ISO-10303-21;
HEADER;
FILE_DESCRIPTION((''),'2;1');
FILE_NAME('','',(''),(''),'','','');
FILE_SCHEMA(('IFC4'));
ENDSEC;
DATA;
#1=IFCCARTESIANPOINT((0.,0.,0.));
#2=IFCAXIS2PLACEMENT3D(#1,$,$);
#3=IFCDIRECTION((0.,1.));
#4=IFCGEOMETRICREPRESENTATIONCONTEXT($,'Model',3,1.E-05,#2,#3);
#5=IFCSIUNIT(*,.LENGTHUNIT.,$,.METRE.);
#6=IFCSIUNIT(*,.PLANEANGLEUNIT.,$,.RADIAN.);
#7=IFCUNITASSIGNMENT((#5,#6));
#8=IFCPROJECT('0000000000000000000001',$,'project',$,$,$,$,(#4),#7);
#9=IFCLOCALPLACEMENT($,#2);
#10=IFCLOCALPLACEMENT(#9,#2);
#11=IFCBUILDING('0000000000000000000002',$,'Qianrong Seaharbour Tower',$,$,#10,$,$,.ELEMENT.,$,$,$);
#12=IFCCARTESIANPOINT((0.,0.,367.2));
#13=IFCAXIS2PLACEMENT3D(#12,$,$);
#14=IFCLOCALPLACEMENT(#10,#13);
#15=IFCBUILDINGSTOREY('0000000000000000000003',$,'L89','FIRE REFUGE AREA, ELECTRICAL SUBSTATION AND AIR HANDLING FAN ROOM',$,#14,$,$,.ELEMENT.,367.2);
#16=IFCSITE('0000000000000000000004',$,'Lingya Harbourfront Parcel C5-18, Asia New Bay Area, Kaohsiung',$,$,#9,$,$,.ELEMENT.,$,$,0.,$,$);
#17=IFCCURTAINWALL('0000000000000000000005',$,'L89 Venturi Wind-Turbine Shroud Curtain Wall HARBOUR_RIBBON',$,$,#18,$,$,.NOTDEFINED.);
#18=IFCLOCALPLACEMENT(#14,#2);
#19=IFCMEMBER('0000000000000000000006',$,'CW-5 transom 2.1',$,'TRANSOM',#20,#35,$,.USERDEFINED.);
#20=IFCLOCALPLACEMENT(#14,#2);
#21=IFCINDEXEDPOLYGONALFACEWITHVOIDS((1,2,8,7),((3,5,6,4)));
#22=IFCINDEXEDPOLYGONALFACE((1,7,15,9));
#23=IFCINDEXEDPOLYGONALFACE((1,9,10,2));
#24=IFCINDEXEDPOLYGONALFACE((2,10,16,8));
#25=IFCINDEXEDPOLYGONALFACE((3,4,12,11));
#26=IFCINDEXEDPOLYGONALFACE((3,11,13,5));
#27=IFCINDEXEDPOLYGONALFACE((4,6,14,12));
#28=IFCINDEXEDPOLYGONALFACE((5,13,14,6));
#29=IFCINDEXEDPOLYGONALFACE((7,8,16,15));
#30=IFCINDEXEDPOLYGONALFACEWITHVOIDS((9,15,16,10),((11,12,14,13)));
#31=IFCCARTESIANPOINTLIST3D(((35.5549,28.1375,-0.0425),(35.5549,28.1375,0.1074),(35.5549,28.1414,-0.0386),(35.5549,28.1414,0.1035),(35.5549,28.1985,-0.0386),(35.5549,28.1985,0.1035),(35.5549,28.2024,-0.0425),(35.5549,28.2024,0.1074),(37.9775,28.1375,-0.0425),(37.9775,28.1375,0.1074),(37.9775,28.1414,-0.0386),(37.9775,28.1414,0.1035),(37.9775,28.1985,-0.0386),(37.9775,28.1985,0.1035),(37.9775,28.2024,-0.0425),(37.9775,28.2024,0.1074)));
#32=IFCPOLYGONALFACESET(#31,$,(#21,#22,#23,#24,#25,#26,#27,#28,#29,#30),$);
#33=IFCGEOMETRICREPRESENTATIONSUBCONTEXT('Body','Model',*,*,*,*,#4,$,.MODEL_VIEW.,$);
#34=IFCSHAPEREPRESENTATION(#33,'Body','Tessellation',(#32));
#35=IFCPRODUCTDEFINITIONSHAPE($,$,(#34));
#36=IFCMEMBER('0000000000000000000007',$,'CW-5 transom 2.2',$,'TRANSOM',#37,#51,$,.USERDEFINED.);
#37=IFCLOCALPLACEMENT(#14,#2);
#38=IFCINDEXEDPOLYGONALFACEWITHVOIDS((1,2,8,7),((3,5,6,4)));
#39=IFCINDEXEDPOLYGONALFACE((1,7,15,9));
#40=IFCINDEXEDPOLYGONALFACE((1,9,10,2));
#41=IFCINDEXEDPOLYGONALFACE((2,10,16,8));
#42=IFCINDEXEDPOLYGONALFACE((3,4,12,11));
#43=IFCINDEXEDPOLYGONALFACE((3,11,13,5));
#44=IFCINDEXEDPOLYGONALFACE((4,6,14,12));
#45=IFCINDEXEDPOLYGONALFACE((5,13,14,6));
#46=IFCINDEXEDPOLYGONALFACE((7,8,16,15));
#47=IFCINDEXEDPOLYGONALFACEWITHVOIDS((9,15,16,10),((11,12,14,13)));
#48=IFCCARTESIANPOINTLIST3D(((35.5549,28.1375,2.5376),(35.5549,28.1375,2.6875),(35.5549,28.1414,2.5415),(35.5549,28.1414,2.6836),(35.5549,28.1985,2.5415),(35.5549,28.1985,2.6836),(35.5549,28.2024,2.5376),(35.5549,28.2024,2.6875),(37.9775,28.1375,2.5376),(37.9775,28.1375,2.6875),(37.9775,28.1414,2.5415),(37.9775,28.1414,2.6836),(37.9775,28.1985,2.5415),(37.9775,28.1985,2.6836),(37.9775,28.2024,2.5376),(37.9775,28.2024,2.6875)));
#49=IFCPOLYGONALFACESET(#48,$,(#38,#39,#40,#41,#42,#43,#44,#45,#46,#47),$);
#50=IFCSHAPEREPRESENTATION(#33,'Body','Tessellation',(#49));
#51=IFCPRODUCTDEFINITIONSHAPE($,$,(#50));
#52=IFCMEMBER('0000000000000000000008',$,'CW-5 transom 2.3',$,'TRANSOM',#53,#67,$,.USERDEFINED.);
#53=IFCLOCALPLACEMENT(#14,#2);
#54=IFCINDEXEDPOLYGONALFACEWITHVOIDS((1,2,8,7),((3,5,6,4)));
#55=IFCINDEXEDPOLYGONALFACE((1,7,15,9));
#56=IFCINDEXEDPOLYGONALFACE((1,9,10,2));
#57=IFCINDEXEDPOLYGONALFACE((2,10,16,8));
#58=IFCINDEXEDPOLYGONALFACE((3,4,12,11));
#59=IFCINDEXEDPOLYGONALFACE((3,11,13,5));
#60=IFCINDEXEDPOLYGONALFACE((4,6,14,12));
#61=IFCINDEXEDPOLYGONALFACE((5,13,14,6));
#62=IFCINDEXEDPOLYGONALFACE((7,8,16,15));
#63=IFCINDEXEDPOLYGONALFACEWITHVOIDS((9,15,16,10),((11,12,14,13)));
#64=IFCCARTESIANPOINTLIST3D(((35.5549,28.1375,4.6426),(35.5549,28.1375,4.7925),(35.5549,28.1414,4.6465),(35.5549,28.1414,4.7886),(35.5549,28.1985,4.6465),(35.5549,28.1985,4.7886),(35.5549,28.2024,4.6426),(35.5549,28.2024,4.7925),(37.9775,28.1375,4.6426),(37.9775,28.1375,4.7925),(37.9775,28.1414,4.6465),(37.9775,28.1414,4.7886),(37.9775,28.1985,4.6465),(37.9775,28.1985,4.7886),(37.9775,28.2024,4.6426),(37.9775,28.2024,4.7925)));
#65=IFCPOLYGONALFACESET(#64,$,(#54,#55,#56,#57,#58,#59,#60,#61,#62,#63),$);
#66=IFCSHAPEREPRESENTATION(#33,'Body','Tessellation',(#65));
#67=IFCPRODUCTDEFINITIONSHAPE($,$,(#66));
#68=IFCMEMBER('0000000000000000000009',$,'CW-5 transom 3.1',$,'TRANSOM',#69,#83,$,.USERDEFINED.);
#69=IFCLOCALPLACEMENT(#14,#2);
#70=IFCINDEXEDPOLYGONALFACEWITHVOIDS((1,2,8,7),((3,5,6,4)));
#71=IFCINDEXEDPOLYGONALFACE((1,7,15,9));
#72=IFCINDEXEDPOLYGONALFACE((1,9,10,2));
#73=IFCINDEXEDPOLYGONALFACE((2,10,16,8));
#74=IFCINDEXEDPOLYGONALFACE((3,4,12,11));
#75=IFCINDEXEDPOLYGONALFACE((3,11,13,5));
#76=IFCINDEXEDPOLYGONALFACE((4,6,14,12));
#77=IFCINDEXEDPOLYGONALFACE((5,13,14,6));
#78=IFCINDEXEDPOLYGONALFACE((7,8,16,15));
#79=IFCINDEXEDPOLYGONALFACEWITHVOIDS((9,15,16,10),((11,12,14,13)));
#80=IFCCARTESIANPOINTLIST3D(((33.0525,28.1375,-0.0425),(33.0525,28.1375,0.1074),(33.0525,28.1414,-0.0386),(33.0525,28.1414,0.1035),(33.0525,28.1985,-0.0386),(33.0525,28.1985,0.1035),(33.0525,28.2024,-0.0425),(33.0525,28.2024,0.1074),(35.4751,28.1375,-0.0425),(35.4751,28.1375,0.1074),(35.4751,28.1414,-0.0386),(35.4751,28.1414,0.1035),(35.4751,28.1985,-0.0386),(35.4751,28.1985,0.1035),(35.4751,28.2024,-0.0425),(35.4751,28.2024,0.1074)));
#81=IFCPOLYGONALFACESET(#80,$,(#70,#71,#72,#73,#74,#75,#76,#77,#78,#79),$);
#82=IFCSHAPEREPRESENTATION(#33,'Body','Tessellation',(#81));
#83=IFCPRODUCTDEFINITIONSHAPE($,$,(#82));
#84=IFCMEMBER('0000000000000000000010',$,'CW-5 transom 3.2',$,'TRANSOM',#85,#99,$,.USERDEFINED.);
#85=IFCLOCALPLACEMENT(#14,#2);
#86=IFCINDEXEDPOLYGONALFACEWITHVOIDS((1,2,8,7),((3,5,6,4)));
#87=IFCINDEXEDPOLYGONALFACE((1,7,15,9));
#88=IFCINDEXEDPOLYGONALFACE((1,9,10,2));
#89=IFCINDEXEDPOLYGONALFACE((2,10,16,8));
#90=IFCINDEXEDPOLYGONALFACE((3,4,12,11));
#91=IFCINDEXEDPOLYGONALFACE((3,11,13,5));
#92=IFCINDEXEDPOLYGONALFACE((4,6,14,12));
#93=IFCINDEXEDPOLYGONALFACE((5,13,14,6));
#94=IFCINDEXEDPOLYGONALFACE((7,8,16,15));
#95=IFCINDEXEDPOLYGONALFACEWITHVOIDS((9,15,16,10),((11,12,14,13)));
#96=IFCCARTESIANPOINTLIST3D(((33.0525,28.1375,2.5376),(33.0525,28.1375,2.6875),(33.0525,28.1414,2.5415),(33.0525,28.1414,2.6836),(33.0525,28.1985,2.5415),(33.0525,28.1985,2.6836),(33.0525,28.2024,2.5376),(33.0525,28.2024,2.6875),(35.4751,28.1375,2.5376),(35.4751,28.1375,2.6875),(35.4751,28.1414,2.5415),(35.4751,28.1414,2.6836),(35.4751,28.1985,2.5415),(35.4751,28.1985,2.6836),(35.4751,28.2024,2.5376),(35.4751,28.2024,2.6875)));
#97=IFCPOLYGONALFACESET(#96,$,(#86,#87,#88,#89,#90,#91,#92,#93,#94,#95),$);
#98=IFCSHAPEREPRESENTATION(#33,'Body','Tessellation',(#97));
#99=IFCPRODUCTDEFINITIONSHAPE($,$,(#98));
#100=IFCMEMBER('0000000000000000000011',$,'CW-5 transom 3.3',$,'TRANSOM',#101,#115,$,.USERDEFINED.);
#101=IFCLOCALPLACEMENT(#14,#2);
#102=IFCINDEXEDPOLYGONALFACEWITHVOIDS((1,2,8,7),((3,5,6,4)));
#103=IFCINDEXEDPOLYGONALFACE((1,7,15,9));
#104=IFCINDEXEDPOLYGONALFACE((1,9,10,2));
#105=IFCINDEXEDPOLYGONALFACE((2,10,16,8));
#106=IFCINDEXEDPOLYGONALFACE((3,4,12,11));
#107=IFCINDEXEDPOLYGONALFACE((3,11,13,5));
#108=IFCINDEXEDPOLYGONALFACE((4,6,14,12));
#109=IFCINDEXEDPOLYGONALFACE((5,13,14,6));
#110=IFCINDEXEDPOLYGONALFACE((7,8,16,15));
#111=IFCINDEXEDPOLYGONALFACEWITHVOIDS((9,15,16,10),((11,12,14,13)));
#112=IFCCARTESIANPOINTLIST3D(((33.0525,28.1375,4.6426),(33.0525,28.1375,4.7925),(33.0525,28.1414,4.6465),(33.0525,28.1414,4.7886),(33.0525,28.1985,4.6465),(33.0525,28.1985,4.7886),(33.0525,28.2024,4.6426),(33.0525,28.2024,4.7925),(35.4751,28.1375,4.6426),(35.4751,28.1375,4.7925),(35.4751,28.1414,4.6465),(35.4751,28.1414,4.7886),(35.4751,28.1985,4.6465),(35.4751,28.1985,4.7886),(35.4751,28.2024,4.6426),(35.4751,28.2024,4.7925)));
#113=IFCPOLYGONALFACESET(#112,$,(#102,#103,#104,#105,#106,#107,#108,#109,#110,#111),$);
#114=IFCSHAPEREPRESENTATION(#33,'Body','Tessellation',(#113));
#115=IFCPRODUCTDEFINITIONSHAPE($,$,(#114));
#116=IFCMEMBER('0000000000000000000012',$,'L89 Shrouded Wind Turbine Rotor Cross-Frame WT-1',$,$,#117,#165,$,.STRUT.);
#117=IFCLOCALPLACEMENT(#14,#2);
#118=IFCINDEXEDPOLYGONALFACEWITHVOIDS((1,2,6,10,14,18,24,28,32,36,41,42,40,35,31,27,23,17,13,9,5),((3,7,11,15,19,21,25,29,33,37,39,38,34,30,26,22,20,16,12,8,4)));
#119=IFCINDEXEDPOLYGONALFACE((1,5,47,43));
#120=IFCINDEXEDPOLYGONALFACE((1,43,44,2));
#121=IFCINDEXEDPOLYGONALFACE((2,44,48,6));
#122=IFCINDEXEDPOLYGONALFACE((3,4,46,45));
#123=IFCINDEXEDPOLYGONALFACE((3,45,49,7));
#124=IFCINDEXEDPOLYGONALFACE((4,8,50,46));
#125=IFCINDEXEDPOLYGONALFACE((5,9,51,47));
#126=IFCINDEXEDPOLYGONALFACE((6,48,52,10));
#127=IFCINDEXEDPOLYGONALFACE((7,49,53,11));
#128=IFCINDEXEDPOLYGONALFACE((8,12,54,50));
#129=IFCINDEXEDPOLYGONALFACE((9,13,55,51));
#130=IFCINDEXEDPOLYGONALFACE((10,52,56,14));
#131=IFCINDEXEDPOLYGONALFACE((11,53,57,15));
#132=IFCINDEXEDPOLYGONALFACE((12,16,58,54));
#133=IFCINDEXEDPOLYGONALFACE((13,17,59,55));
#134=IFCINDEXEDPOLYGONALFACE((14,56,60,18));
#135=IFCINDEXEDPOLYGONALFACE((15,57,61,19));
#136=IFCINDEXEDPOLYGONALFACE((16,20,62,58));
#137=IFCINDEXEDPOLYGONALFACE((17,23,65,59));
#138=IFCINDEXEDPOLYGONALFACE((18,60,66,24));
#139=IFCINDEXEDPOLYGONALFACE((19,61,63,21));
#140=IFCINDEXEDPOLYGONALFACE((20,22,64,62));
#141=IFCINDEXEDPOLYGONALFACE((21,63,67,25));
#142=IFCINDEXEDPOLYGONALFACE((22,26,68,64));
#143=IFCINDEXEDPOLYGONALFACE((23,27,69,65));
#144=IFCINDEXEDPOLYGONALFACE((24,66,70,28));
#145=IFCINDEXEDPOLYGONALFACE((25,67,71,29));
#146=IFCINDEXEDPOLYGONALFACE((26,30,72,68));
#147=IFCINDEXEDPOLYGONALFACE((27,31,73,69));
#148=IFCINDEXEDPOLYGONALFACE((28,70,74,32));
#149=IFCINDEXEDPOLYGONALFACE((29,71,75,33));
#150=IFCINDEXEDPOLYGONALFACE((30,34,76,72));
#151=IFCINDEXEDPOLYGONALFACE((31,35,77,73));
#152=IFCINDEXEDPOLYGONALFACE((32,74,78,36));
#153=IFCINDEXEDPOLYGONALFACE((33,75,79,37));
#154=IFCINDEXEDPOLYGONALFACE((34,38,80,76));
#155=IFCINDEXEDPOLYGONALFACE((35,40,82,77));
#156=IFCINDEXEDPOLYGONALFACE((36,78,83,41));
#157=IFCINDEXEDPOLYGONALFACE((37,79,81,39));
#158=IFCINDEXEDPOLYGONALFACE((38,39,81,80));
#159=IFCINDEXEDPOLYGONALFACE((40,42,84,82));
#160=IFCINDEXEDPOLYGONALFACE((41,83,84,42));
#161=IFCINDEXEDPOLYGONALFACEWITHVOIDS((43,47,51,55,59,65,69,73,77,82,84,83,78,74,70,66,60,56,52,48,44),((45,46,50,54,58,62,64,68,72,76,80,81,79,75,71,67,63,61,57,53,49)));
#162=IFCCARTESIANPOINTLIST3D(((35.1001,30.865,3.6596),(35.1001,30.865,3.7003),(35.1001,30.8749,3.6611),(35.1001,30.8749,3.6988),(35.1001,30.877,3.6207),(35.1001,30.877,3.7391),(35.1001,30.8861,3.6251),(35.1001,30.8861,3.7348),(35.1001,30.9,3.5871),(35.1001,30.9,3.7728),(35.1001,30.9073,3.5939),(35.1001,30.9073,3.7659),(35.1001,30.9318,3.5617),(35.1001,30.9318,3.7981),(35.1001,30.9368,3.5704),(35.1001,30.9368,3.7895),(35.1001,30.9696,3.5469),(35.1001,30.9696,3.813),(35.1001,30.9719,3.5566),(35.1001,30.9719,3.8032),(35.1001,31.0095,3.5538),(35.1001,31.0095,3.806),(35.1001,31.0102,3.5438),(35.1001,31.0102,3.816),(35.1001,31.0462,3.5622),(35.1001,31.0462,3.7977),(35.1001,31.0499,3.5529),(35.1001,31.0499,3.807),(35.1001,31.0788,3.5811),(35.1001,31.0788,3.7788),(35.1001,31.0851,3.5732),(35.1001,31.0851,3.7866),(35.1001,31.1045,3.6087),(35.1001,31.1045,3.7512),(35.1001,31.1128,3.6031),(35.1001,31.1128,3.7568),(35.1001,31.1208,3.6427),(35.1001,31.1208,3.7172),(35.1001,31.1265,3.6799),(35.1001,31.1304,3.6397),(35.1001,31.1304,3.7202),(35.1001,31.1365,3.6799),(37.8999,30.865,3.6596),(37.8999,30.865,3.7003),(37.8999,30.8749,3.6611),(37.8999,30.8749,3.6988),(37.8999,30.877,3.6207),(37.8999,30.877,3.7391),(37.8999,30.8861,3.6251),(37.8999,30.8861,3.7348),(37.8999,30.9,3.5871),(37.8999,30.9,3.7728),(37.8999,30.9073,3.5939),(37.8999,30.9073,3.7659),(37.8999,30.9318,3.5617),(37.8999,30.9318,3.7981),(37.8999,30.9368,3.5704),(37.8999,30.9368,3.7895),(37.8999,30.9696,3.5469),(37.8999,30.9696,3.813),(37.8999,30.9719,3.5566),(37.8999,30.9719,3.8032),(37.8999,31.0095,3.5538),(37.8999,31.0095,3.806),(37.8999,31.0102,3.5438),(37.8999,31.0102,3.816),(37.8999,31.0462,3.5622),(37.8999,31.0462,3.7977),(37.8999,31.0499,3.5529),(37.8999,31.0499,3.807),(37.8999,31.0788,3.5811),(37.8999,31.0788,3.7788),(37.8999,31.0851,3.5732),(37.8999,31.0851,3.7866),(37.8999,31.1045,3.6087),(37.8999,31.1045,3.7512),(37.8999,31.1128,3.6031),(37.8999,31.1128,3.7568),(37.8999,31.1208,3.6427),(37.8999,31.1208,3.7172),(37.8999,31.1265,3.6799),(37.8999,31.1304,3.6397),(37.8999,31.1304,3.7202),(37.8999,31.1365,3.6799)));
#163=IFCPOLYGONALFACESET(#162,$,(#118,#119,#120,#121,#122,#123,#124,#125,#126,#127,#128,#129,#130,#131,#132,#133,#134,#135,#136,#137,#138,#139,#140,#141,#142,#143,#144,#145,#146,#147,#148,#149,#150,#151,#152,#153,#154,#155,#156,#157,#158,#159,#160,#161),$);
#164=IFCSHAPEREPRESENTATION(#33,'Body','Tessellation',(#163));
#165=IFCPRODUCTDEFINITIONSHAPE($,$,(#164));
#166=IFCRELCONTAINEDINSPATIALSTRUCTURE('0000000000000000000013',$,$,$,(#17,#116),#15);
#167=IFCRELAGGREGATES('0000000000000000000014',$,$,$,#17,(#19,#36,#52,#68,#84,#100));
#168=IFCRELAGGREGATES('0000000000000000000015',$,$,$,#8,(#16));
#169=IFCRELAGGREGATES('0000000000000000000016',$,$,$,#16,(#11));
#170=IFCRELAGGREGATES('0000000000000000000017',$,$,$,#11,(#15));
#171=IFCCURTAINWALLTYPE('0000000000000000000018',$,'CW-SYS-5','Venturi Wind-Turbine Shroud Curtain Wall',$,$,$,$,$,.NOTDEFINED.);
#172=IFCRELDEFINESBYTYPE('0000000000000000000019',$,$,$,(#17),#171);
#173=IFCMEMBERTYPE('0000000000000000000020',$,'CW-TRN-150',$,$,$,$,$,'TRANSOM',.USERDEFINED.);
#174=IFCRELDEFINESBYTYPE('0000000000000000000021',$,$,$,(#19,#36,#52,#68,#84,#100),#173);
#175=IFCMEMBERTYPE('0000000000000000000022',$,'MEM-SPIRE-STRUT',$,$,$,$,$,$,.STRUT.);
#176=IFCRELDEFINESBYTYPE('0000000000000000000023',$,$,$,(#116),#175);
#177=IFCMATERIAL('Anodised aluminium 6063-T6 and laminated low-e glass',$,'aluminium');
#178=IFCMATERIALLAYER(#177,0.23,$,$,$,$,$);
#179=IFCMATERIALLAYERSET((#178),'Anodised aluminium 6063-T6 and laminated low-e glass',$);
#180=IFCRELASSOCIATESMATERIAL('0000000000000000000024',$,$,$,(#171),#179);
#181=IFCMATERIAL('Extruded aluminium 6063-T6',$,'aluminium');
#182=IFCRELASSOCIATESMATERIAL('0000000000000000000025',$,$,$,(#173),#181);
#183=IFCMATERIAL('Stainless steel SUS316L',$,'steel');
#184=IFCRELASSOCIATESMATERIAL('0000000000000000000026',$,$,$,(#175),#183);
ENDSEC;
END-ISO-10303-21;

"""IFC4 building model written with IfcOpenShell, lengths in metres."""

from ifc_helpers import new_model, si_unit, direction, frame, origin, origin_2d, place, context, subcontext, project, spatial, hollow_rectangle, hollow_circle, extrude, material, layer, layer_set, material_profile, profile_set, type_object, element, aggregate, save


model = new_model("IFC4")

# Units and contexts
model_context = context("Model", 3, precision=1e-05, world=origin(), true_north=direction((0.0, 1.0)))
body_context = subcontext(model_context, "Body", "Model", "MODEL_VIEW")
ifc_project = project(units=[si_unit("LENGTHUNIT", "METRE"), si_unit("PLANEANGLEUNIT", "RADIAN")], contexts=[model_context])

# Site, building, storey
site_placement = place(None, origin())
site = spatial("IfcSite", under=ifc_project, at=site_placement, Name="Lingya Harbourfront Parcel C5-18, Asia New Bay Area, Kaohsiung", CompositionType="ELEMENT", RefElevation=0.0)
building_placement = place(site_placement, origin())
building = spatial("IfcBuilding", under=site, at=building_placement, Name="Qianrong Seaharbour Tower", CompositionType="ELEMENT")
storey_placement = place(building_placement, frame((0.0, 0.0, 367.2)))
storey = spatial("IfcBuildingStorey", under=building, at=storey_placement, Name="L89", Description="FIRE REFUGE AREA, ELECTRICAL SUBSTATION AND AIR HANDLING FAN ROOM", CompositionType="ELEMENT", Elevation=367.2)

# Curtain wall, members
ifc_material_1 = material(Name="Anodised aluminium 6063-T6 and laminated low-e glass", Category="aluminium")
ifc_layer_1 = layer(ifc_material_1, 0.23)
ifc_layer_set_1 = layer_set([ifc_layer_1], Name="Anodised aluminium 6063-T6 and laminated low-e glass")
curtain_wall_type = type_object("IfcCurtainWallType", Name="CW-SYS-5", Description="Venturi Wind-Turbine Shroud Curtain Wall", PredefinedType="NOTDEFINED", material=ifc_layer_set_1)
curtain_wall_placement = place(storey_placement, origin())
curtain_wall = element("IfcCurtainWall", 1, at=curtain_wall_placement, inside=storey, type_object=curtain_wall_type, Name="L89 Venturi Wind-Turbine Shroud Curtain Wall HARBOUR_RIBBON", PredefinedType="NOTDEFINED")
ifc_material_2 = material(Name="Extruded aluminium 6063-T6", Category="aluminium")
ifc_material_profile_1 = material_profile(ifc_material_2, hollow_rectangle(XDim=0.0649, YDim=0.1499, WallThickness=0.0039, at=origin_2d()), Name="ALU-TRN-150x65x4")
ifc_profile_set_1 = profile_set([ifc_material_profile_1], Name="Extruded aluminium 6063-T6")
member_type_1 = type_object("IfcMemberType", Name="CW-TRN-150", ElementType="TRANSOM", PredefinedType="USERDEFINED", material=ifc_profile_set_1)
member_1_placement = place(storey_placement, frame((37.9775, 28.1699, 0.0325), z_axis=(-1.0, 0.0, 0.0), x_axis=(0.0, -1.0, 0.0)))
member_1 = element("IfcMember", 2, at=member_1_placement, type_object=member_type_1, Name="CW-5 transom 2.1", ObjectType="TRANSOM", PredefinedType="USERDEFINED", context=body_context, shape_type="SweptSolid", body=[
    extrude(hollow_rectangle(XDim=0.0649, YDim=0.1499, WallThickness=0.0039, at=origin_2d()), origin(), (0.0, 0.0, 1.0), 2.4226),
])
member_2_placement = place(storey_placement, frame((37.9775, 28.1699, 2.6125), z_axis=(-1.0, 0.0, 0.0), x_axis=(0.0, -1.0, 0.0)))
member_2 = element("IfcMember", 3, at=member_2_placement, type_object=member_type_1, Name="CW-5 transom 2.2", ObjectType="TRANSOM", PredefinedType="USERDEFINED", context=body_context, shape_type="SweptSolid", body=[
    extrude(hollow_rectangle(XDim=0.0649, YDim=0.1499, WallThickness=0.0039, at=origin_2d()), origin(), (0.0, 0.0, 1.0), 2.4226),
])
member_3_placement = place(storey_placement, frame((37.9775, 28.1699, 4.7175), z_axis=(-1.0, 0.0, 0.0), x_axis=(0.0, -1.0, 0.0)))
member_3 = element("IfcMember", 4, at=member_3_placement, type_object=member_type_1, Name="CW-5 transom 2.3", ObjectType="TRANSOM", PredefinedType="USERDEFINED", context=body_context, shape_type="SweptSolid", body=[
    extrude(hollow_rectangle(XDim=0.0649, YDim=0.1499, WallThickness=0.0039, at=origin_2d()), origin(), (0.0, 0.0, 1.0), 2.4226),
])
member_4_placement = place(storey_placement, frame((35.4751, 28.1699, 0.0325), z_axis=(-1.0, 0.0, 0.0), x_axis=(0.0, -1.0, 0.0)))
member_4 = element("IfcMember", 5, at=member_4_placement, type_object=member_type_1, Name="CW-5 transom 3.1", ObjectType="TRANSOM", PredefinedType="USERDEFINED", context=body_context, shape_type="SweptSolid", body=[
    extrude(hollow_rectangle(XDim=0.0649, YDim=0.1499, WallThickness=0.0039, at=origin_2d()), origin(), (0.0, 0.0, 1.0), 2.4226),
])
member_5_placement = place(storey_placement, frame((35.4751, 28.1699, 2.6125), z_axis=(-1.0, 0.0, 0.0), x_axis=(0.0, -1.0, 0.0)))
member_5 = element("IfcMember", 6, at=member_5_placement, type_object=member_type_1, Name="CW-5 transom 3.2", ObjectType="TRANSOM", PredefinedType="USERDEFINED", context=body_context, shape_type="SweptSolid", body=[
    extrude(hollow_rectangle(XDim=0.0649, YDim=0.1499, WallThickness=0.0039, at=origin_2d()), origin(), (0.0, 0.0, 1.0), 2.4226),
])
member_6_placement = place(storey_placement, frame((35.4751, 28.1699, 4.7175), z_axis=(-1.0, 0.0, 0.0), x_axis=(0.0, -1.0, 0.0)))
member_6 = element("IfcMember", 7, at=member_6_placement, type_object=member_type_1, Name="CW-5 transom 3.3", ObjectType="TRANSOM", PredefinedType="USERDEFINED", context=body_context, shape_type="SweptSolid", body=[
    extrude(hollow_rectangle(XDim=0.0649, YDim=0.1499, WallThickness=0.0039, at=origin_2d()), origin(), (0.0, 0.0, 1.0), 2.4226),
])

# Member
ifc_material_3 = material(Name="Stainless steel SUS316L", Category="steel")
ifc_material_profile_2 = material_profile(ifc_material_3, hollow_circle(Radius=0.1365, WallThickness=0.01, at=origin_2d()), Name="CHS273.0x10")
ifc_profile_set_2 = profile_set([ifc_material_profile_2], Name="Stainless steel SUS316L")
member_type_2 = type_object("IfcMemberType", Name="MEM-SPIRE-STRUT", PredefinedType="STRUT", material=ifc_profile_set_2)
for number, where, z_axis, x_axis, name in (
    (8, (35.1001, 31.0, 3.6799), (1.0, 0.0, 0.0), (0.0, 1.0, 0.0), "L89 Shrouded Wind Turbine Rotor Cross-Frame WT-1"),
):
    element("IfcMember", number, at=place(storey_placement, frame(where, z_axis=z_axis, x_axis=x_axis)), inside=storey, type_object=member_type_2, Name=name, PredefinedType="STRUT", context=body_context, shape_type="SweptSolid", body=[
        extrude(hollow_circle(Radius=0.1365, WallThickness=0.01, at=origin_2d()), origin(), (0.0, 0.0, 1.0), 2.7998),
    ])

aggregate(curtain_wall, [member_1, member_2, member_3, member_4, member_5, member_6])

save(model, "model.ifc")
